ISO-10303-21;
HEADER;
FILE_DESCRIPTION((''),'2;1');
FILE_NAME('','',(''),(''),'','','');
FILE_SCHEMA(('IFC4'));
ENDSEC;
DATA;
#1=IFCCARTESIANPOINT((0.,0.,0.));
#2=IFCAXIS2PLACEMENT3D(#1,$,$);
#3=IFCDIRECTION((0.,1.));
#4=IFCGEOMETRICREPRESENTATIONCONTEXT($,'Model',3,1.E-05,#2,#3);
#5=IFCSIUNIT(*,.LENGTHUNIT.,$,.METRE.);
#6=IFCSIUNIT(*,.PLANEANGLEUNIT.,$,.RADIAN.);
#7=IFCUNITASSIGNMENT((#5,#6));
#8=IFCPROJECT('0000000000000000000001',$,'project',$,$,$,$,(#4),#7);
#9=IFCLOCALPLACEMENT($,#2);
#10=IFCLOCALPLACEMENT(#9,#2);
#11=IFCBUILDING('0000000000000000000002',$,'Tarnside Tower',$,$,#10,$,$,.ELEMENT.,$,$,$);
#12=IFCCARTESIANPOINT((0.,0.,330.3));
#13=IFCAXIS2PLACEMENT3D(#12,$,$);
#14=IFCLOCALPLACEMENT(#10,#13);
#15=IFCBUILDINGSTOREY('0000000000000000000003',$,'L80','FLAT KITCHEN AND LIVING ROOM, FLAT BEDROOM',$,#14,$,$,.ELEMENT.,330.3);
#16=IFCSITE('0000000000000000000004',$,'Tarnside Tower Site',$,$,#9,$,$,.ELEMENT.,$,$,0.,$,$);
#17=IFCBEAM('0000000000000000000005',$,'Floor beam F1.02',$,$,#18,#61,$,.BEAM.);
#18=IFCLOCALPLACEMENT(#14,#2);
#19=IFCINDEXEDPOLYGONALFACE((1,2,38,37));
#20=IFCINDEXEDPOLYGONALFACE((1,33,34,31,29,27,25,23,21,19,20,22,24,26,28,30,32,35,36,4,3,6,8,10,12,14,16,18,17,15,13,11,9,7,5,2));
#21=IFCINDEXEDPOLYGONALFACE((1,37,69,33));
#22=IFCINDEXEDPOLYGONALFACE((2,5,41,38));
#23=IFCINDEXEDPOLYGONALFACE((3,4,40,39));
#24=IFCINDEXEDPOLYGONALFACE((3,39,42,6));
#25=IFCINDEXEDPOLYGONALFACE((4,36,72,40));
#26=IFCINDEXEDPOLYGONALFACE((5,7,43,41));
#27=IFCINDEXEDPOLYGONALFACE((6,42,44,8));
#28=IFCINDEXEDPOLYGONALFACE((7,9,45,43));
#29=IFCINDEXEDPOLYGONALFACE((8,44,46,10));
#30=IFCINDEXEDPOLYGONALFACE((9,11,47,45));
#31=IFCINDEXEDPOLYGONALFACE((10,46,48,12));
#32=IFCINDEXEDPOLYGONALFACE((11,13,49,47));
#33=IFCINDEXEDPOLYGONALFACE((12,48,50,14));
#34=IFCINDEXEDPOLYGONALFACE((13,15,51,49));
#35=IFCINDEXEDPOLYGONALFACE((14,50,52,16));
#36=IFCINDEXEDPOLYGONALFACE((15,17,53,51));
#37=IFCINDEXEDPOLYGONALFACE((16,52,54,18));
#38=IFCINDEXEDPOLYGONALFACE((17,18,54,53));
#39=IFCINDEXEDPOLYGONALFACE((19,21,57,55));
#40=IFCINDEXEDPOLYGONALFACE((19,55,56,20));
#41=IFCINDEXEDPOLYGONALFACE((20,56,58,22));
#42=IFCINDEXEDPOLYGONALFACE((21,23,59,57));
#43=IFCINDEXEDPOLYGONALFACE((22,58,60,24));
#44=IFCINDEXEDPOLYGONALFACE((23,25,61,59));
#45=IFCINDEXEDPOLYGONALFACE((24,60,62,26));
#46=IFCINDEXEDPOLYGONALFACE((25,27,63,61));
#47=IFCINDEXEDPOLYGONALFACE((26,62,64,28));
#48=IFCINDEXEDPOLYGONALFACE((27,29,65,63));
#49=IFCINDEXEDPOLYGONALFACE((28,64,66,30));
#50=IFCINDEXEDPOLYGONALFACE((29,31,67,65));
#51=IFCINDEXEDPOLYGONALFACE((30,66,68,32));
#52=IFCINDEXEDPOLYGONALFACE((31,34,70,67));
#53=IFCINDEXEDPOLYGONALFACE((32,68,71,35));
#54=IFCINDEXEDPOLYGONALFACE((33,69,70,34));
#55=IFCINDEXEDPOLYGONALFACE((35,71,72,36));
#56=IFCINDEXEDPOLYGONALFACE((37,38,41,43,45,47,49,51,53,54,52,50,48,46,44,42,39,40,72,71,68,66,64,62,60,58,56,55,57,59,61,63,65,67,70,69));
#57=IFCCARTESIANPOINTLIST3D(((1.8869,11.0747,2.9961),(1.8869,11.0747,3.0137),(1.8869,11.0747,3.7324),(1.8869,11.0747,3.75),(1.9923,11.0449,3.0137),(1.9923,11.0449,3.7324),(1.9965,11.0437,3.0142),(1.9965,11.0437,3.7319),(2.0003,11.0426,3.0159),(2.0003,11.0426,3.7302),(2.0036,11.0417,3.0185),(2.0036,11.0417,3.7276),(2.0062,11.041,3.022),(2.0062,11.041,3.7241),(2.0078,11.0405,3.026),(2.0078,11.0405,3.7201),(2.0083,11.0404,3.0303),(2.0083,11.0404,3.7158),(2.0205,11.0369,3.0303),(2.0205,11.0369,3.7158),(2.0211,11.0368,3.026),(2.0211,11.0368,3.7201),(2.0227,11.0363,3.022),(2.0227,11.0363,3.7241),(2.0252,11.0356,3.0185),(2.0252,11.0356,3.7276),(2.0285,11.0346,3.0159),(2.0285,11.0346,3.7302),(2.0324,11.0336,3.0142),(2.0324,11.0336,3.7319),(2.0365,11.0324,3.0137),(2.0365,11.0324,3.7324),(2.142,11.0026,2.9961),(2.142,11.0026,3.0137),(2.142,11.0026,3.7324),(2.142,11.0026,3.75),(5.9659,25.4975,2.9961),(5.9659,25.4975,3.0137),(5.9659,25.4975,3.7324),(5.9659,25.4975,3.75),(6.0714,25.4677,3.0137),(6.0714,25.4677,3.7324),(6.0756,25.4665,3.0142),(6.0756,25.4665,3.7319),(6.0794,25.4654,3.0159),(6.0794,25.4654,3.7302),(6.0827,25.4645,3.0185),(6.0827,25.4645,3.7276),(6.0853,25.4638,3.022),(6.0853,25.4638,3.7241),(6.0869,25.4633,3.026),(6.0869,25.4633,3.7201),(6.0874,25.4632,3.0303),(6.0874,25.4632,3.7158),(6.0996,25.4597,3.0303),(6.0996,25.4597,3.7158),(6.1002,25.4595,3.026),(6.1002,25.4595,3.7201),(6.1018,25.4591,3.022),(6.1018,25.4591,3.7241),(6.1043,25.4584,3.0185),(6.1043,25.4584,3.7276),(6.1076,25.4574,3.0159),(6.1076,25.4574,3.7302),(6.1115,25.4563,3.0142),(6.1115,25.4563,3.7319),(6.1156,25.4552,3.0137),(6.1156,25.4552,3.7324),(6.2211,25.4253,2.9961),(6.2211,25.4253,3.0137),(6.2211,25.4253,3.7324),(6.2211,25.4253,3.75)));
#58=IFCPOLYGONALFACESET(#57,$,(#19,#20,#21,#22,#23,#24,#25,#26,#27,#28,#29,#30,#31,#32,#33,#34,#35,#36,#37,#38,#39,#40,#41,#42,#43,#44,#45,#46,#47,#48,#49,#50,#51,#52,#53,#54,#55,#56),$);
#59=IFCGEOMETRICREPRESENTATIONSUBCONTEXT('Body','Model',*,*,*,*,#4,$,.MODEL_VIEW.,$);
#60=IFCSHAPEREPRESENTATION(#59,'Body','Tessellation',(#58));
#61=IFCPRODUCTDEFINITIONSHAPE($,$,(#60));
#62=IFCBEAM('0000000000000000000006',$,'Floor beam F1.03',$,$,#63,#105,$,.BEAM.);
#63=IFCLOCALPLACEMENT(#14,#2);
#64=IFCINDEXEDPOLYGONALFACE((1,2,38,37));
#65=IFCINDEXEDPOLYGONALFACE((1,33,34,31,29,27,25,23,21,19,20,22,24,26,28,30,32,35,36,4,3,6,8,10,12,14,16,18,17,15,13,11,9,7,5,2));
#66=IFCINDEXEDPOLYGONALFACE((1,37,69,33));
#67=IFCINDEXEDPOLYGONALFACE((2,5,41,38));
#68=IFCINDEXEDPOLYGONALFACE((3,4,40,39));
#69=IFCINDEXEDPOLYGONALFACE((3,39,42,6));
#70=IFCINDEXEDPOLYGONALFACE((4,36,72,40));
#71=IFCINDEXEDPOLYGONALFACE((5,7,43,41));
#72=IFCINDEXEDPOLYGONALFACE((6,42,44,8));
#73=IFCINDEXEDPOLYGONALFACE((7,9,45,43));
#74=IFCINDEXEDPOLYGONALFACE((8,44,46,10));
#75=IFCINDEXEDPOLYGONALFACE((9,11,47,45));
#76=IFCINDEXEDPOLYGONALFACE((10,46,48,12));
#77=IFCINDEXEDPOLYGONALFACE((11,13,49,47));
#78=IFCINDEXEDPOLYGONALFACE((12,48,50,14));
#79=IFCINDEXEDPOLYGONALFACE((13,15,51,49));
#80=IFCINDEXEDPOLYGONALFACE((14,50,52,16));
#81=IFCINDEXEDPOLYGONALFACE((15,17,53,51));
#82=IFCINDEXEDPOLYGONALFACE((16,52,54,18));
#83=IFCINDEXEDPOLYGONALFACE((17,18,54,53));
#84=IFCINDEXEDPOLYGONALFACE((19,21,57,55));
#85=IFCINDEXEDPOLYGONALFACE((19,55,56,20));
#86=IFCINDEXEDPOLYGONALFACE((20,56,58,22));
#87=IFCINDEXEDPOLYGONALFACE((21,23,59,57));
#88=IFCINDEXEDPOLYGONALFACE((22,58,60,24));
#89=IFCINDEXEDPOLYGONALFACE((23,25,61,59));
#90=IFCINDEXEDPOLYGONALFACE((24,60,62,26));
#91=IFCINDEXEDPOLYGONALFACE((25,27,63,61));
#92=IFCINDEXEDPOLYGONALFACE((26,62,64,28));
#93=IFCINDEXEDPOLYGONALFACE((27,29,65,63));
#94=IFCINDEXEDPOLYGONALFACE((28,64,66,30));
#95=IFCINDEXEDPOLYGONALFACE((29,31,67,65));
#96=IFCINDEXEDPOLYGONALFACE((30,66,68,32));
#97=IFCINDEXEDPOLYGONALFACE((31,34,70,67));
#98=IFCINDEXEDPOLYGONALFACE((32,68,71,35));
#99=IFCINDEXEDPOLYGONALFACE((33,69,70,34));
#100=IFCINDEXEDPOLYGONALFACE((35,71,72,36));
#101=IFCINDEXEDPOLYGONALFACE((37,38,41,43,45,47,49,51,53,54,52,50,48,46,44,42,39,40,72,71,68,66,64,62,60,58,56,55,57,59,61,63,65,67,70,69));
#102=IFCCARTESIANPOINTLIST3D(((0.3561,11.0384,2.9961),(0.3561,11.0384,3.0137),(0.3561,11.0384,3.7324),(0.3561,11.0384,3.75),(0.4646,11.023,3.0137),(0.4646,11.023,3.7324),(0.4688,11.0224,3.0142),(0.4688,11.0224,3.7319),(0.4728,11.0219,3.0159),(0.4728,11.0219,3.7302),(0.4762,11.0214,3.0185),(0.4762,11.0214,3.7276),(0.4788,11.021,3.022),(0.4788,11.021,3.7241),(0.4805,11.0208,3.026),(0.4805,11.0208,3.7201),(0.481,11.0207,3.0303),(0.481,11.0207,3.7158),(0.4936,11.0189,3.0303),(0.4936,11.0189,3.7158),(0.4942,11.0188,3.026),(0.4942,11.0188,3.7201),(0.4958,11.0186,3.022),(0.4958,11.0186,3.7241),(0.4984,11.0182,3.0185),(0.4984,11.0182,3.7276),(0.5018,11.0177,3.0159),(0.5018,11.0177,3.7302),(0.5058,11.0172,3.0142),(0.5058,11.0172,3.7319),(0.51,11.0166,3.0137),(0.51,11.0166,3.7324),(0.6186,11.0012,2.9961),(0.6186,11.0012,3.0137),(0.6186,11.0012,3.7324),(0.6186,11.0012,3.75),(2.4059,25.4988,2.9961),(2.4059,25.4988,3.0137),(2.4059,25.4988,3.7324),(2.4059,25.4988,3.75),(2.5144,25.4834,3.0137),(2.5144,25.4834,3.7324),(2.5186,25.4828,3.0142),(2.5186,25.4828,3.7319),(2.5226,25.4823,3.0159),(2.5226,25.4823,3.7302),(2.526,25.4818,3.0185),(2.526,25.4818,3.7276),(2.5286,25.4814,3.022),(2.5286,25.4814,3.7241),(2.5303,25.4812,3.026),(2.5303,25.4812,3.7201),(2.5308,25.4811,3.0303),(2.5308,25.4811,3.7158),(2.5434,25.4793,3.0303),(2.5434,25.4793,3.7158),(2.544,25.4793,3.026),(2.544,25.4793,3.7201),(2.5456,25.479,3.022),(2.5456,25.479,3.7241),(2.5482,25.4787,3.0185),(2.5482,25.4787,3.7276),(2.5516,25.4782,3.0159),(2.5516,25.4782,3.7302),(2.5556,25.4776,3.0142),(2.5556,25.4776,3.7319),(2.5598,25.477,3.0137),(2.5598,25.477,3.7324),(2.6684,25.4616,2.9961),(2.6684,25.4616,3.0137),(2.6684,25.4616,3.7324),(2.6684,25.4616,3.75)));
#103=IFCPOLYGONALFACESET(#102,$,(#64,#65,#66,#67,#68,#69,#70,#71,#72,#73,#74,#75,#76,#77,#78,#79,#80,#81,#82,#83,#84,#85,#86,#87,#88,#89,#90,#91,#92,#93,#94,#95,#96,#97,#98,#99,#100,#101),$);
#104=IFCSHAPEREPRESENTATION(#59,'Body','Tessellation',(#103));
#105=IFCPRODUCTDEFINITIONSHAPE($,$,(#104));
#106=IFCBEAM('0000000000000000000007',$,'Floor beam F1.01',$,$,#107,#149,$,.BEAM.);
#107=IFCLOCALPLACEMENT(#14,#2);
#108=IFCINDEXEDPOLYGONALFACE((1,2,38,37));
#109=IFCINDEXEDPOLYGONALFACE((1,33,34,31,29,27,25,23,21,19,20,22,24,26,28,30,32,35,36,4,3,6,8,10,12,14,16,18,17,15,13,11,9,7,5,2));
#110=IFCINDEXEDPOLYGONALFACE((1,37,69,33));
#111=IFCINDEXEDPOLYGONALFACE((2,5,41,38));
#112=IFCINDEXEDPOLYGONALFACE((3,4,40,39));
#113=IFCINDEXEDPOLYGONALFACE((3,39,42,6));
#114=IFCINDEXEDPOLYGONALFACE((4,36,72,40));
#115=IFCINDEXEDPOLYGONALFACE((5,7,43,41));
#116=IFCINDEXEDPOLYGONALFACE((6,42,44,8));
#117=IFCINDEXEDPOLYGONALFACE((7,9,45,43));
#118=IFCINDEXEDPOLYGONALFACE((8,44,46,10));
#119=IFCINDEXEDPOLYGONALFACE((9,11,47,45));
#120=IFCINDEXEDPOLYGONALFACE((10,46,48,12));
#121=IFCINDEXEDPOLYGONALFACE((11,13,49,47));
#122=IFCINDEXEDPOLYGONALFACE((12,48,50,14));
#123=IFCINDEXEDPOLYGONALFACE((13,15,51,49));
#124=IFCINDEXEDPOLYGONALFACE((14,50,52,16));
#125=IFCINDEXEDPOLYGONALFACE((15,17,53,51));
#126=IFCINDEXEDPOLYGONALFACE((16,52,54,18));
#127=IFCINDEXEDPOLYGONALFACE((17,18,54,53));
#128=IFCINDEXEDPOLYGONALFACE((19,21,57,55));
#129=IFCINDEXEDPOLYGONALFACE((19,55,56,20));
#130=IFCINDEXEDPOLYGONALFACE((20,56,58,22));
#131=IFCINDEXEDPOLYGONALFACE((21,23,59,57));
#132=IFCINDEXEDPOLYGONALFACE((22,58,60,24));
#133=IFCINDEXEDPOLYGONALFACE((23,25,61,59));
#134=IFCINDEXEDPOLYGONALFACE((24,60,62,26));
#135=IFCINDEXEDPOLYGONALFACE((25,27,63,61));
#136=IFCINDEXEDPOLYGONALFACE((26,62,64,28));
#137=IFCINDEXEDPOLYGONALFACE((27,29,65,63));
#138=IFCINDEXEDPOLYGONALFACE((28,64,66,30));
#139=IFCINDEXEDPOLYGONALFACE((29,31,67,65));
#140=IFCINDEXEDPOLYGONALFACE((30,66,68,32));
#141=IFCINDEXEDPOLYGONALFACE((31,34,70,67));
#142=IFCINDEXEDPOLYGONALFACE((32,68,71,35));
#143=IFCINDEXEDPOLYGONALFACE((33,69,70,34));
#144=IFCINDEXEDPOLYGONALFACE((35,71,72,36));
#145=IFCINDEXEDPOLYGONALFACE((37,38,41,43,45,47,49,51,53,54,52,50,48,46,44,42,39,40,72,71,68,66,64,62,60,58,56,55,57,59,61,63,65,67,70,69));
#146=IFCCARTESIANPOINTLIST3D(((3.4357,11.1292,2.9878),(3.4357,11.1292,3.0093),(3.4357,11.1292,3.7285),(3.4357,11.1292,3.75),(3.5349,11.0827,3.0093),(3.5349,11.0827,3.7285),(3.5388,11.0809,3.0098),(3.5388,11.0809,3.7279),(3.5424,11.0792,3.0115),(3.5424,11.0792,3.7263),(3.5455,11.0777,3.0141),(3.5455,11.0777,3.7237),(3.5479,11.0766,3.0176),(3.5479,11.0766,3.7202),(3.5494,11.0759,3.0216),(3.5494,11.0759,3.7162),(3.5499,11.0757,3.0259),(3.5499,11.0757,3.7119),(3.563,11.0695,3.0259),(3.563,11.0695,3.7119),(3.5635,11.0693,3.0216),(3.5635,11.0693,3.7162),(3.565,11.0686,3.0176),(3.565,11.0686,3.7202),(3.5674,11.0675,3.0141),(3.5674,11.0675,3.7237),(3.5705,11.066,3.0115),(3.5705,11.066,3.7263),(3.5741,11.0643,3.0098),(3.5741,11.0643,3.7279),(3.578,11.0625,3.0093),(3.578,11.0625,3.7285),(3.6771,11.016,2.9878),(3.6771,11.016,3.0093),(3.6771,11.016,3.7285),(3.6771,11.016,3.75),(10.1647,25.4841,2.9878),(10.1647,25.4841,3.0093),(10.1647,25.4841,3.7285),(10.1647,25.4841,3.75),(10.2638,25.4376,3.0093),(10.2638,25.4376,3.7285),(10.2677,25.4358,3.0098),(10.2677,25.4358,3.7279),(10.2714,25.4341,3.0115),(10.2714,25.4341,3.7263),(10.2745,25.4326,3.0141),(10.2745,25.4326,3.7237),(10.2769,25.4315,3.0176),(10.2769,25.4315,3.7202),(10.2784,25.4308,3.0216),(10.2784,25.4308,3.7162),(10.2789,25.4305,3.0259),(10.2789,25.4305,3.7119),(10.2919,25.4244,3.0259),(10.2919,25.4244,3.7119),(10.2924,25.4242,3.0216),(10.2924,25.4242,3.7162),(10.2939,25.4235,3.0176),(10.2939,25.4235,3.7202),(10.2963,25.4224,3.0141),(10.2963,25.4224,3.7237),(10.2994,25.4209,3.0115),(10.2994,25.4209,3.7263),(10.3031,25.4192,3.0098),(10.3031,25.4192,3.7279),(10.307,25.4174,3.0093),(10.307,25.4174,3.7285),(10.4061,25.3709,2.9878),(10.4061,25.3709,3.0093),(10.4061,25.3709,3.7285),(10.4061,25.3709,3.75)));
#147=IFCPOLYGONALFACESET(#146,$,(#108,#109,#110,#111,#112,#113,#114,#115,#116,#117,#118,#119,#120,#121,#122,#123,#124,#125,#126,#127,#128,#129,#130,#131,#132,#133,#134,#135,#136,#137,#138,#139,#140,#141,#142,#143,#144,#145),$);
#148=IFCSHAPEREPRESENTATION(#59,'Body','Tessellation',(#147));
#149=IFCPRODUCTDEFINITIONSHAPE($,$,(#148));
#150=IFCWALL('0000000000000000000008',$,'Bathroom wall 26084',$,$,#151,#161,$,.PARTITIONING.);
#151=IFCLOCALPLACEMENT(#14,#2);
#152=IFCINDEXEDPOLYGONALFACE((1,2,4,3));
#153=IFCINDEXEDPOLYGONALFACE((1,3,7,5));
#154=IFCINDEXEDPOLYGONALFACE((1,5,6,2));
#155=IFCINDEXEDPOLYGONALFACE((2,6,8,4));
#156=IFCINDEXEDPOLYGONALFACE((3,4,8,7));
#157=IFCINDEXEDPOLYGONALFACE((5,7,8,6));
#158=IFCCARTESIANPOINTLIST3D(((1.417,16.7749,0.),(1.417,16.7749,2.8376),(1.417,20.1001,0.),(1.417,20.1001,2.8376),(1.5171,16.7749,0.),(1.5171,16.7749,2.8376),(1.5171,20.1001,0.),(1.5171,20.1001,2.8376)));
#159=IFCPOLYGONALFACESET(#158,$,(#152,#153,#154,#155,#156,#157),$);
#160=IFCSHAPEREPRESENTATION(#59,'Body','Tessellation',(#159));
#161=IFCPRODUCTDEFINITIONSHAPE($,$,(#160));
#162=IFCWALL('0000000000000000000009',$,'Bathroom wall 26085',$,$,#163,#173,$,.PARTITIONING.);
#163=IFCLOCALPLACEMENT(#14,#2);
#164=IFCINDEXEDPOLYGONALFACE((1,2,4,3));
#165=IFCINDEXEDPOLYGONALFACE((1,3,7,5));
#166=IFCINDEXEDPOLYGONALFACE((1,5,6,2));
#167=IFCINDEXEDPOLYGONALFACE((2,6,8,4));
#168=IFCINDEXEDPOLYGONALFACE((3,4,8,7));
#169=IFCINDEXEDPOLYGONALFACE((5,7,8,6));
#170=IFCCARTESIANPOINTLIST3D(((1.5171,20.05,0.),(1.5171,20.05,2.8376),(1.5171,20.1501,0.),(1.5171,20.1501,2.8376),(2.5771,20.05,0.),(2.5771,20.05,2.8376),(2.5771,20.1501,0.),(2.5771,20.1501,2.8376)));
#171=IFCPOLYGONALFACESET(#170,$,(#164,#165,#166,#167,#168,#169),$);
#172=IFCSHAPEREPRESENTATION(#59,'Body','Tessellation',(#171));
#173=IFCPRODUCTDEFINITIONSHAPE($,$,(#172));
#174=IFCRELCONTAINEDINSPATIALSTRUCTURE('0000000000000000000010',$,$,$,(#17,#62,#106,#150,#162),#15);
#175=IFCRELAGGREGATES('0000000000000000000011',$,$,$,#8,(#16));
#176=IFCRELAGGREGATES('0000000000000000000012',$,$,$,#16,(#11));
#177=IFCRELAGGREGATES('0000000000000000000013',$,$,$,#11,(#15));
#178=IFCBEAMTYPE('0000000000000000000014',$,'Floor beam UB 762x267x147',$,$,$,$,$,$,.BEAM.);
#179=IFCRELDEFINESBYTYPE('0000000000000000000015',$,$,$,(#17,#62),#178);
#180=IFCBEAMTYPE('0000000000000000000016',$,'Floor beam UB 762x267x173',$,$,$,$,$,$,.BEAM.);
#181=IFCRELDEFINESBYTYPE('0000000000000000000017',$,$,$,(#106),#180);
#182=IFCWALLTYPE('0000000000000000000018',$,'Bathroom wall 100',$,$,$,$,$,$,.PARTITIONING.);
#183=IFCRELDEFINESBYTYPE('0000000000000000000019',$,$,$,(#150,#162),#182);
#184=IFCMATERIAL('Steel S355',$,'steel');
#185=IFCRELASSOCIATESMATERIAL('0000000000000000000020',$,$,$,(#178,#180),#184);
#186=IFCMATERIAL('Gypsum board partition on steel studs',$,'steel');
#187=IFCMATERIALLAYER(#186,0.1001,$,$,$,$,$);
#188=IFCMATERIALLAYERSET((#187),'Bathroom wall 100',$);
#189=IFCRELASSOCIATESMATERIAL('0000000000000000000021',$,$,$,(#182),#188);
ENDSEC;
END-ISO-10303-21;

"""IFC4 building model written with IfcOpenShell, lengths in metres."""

from ifc_helpers import new_model, si_unit, direction, frame, frame_2d, origin, origin_2d, place, context, subcontext, project, spatial, rectangle, i_section, extrude, material, layer, layer_set, material_profile, profile_set, type_object, element, save


model = new_model("IFC4")

# Units and contexts
model_context = context("Model", 3, precision=1e-05, world=origin(), true_north=direction((0.0, 1.0)))
body_context = subcontext(model_context, "Body", "Model", "MODEL_VIEW")
ifc_project = project(units=[si_unit("LENGTHUNIT", "METRE"), si_unit("PLANEANGLEUNIT", "RADIAN")], contexts=[model_context])

# Site, building, storey
site_placement = place(None, origin())
site = spatial("IfcSite", under=ifc_project, at=site_placement, Name="Tarnside Tower Site", CompositionType="ELEMENT", RefElevation=0.0)
building_placement = place(site_placement, origin())
building = spatial("IfcBuilding", under=site, at=building_placement, Name="Tarnside Tower", CompositionType="ELEMENT")
storey_placement = place(building_placement, frame((0.0, 0.0, 330.3)))
storey = spatial("IfcBuildingStorey", under=building, at=storey_placement, Name="L80", Description="FLAT KITCHEN AND LIVING ROOM, FLAT BEDROOM", CompositionType="ELEMENT", Elevation=330.3)

# Beams
ifc_material_1 = material(Name="Steel S355", Category="steel")
ifc_material_profile_1 = material_profile(ifc_material_1, i_section(OverallWidth=0.2651, OverallDepth=0.7539, WebThickness=0.0127, FlangeThickness=0.0176, FilletRadius=0.0166, at=origin_2d()), Name="UB 762x267x147")
ifc_profile_set_1 = profile_set([ifc_material_profile_1], Name="Steel S355")
beam_type_1 = type_object("IfcBeamType", Name="Floor beam UB 762x267x147", PredefinedType="BEAM", material=ifc_profile_set_1)
beam_1_placement = place(storey_placement, frame((6.0935, 25.4614, 3.373), z_axis=(-0.272147, -0.962256, 0.0), x_axis=(0.962256, -0.272147, 0.0)))
element("IfcBeam", 1, at=beam_1_placement, inside=storey, type_object=beam_type_1, Name="Floor beam F1.02", PredefinedType="BEAM", context=body_context, shape_type="SweptSolid", body=[
    extrude(i_section(OverallWidth=0.2651, OverallDepth=0.7539, WebThickness=0.0127, FlangeThickness=0.0176, FilletRadius=0.0166, at=origin_2d()), origin(), (0.0, 0.0, 1.0), 14.9885),
])
beam_2_placement = place(storey_placement, frame((2.5371, 25.4802, 3.373), z_axis=(-0.140349, -0.990102, 0.0), x_axis=(0.990102, -0.140349, 0.0)))
element("IfcBeam", 2, at=beam_2_placement, inside=storey, type_object=beam_type_1, Name="Floor beam F1.03", PredefinedType="BEAM", context=body_context, shape_type="SweptSolid", body=[
    extrude(i_section(OverallWidth=0.2651, OverallDepth=0.7539, WebThickness=0.0127, FlangeThickness=0.0176, FilletRadius=0.0166, at=origin_2d()), origin(), (0.0, 0.0, 1.0), 14.605),
])
ifc_material_profile_2 = material_profile(ifc_material_1, i_section(OverallWidth=0.2666, OverallDepth=0.7622, WebThickness=0.0144, FlangeThickness=0.0215, FilletRadius=0.0166, at=origin_2d()), Name="UB 762x267x173")
ifc_profile_set_2 = profile_set([ifc_material_profile_2], Name="Steel S355")
beam_type_2 = type_object("IfcBeamType", Name="Floor beam UB 762x267x173", PredefinedType="BEAM", material=ifc_profile_set_2)
beam_3_placement = place(storey_placement, frame((10.2854, 25.4275, 3.3689), z_axis=(-0.424439, -0.905456, 0.0), x_axis=(0.905456, -0.424439, 0.0)))
element("IfcBeam", 3, at=beam_3_placement, inside=storey, type_object=beam_type_2, Name="Floor beam F1.01", PredefinedType="BEAM", context=body_context, shape_type="SweptSolid", body=[
    extrude(i_section(OverallWidth=0.2666, OverallDepth=0.7622, WebThickness=0.0144, FlangeThickness=0.0215, FilletRadius=0.0166, at=origin_2d()), origin(), (0.0, 0.0, 1.0), 15.8538),
])

# Walls
ifc_material_2 = material(Name="Gypsum board partition on steel studs", Category="steel")
ifc_layer_1 = layer(ifc_material_2, 0.1001)
ifc_layer_set_1 = layer_set([ifc_layer_1], Name="Bathroom wall 100")
wall_type_1 = type_object("IfcWallType", Name="Bathroom wall 100", PredefinedType="PARTITIONING", material=ifc_layer_set_1)
wall_1_placement = place(storey_placement, frame((1.467, 16.7749, 0.0), z_axis=(0.0, 0.0, 1.0), x_axis=(0.0, 1.0, 0.0)))
element("IfcWall", 4, at=wall_1_placement, inside=storey, type_object=wall_type_1, Name="Bathroom wall 26084", PredefinedType="PARTITIONING", context=body_context, shape_type="SweptSolid", body=[
    extrude(rectangle(XDim=3.3252, YDim=0.1001, at=frame_2d((1.6626, 0.0))), origin(), (0.0, 0.0, 1.0), 2.8376),
])
wall_2_placement = place(storey_placement, frame((1.5171, 20.1001, 0.0), z_axis=(0.0, 0.0, 1.0), x_axis=(1.0, 0.0, 0.0)))
element("IfcWall", 5, at=wall_2_placement, inside=storey, type_object=wall_type_1, Name="Bathroom wall 26085", PredefinedType="PARTITIONING", context=body_context, shape_type="SweptSolid", body=[
    extrude(rectangle(XDim=1.0601, YDim=0.1001, at=frame_2d((0.53, 0.0))), origin(), (0.0, 0.0, 1.0), 2.8376),
])

save(model, "model.ifc")
